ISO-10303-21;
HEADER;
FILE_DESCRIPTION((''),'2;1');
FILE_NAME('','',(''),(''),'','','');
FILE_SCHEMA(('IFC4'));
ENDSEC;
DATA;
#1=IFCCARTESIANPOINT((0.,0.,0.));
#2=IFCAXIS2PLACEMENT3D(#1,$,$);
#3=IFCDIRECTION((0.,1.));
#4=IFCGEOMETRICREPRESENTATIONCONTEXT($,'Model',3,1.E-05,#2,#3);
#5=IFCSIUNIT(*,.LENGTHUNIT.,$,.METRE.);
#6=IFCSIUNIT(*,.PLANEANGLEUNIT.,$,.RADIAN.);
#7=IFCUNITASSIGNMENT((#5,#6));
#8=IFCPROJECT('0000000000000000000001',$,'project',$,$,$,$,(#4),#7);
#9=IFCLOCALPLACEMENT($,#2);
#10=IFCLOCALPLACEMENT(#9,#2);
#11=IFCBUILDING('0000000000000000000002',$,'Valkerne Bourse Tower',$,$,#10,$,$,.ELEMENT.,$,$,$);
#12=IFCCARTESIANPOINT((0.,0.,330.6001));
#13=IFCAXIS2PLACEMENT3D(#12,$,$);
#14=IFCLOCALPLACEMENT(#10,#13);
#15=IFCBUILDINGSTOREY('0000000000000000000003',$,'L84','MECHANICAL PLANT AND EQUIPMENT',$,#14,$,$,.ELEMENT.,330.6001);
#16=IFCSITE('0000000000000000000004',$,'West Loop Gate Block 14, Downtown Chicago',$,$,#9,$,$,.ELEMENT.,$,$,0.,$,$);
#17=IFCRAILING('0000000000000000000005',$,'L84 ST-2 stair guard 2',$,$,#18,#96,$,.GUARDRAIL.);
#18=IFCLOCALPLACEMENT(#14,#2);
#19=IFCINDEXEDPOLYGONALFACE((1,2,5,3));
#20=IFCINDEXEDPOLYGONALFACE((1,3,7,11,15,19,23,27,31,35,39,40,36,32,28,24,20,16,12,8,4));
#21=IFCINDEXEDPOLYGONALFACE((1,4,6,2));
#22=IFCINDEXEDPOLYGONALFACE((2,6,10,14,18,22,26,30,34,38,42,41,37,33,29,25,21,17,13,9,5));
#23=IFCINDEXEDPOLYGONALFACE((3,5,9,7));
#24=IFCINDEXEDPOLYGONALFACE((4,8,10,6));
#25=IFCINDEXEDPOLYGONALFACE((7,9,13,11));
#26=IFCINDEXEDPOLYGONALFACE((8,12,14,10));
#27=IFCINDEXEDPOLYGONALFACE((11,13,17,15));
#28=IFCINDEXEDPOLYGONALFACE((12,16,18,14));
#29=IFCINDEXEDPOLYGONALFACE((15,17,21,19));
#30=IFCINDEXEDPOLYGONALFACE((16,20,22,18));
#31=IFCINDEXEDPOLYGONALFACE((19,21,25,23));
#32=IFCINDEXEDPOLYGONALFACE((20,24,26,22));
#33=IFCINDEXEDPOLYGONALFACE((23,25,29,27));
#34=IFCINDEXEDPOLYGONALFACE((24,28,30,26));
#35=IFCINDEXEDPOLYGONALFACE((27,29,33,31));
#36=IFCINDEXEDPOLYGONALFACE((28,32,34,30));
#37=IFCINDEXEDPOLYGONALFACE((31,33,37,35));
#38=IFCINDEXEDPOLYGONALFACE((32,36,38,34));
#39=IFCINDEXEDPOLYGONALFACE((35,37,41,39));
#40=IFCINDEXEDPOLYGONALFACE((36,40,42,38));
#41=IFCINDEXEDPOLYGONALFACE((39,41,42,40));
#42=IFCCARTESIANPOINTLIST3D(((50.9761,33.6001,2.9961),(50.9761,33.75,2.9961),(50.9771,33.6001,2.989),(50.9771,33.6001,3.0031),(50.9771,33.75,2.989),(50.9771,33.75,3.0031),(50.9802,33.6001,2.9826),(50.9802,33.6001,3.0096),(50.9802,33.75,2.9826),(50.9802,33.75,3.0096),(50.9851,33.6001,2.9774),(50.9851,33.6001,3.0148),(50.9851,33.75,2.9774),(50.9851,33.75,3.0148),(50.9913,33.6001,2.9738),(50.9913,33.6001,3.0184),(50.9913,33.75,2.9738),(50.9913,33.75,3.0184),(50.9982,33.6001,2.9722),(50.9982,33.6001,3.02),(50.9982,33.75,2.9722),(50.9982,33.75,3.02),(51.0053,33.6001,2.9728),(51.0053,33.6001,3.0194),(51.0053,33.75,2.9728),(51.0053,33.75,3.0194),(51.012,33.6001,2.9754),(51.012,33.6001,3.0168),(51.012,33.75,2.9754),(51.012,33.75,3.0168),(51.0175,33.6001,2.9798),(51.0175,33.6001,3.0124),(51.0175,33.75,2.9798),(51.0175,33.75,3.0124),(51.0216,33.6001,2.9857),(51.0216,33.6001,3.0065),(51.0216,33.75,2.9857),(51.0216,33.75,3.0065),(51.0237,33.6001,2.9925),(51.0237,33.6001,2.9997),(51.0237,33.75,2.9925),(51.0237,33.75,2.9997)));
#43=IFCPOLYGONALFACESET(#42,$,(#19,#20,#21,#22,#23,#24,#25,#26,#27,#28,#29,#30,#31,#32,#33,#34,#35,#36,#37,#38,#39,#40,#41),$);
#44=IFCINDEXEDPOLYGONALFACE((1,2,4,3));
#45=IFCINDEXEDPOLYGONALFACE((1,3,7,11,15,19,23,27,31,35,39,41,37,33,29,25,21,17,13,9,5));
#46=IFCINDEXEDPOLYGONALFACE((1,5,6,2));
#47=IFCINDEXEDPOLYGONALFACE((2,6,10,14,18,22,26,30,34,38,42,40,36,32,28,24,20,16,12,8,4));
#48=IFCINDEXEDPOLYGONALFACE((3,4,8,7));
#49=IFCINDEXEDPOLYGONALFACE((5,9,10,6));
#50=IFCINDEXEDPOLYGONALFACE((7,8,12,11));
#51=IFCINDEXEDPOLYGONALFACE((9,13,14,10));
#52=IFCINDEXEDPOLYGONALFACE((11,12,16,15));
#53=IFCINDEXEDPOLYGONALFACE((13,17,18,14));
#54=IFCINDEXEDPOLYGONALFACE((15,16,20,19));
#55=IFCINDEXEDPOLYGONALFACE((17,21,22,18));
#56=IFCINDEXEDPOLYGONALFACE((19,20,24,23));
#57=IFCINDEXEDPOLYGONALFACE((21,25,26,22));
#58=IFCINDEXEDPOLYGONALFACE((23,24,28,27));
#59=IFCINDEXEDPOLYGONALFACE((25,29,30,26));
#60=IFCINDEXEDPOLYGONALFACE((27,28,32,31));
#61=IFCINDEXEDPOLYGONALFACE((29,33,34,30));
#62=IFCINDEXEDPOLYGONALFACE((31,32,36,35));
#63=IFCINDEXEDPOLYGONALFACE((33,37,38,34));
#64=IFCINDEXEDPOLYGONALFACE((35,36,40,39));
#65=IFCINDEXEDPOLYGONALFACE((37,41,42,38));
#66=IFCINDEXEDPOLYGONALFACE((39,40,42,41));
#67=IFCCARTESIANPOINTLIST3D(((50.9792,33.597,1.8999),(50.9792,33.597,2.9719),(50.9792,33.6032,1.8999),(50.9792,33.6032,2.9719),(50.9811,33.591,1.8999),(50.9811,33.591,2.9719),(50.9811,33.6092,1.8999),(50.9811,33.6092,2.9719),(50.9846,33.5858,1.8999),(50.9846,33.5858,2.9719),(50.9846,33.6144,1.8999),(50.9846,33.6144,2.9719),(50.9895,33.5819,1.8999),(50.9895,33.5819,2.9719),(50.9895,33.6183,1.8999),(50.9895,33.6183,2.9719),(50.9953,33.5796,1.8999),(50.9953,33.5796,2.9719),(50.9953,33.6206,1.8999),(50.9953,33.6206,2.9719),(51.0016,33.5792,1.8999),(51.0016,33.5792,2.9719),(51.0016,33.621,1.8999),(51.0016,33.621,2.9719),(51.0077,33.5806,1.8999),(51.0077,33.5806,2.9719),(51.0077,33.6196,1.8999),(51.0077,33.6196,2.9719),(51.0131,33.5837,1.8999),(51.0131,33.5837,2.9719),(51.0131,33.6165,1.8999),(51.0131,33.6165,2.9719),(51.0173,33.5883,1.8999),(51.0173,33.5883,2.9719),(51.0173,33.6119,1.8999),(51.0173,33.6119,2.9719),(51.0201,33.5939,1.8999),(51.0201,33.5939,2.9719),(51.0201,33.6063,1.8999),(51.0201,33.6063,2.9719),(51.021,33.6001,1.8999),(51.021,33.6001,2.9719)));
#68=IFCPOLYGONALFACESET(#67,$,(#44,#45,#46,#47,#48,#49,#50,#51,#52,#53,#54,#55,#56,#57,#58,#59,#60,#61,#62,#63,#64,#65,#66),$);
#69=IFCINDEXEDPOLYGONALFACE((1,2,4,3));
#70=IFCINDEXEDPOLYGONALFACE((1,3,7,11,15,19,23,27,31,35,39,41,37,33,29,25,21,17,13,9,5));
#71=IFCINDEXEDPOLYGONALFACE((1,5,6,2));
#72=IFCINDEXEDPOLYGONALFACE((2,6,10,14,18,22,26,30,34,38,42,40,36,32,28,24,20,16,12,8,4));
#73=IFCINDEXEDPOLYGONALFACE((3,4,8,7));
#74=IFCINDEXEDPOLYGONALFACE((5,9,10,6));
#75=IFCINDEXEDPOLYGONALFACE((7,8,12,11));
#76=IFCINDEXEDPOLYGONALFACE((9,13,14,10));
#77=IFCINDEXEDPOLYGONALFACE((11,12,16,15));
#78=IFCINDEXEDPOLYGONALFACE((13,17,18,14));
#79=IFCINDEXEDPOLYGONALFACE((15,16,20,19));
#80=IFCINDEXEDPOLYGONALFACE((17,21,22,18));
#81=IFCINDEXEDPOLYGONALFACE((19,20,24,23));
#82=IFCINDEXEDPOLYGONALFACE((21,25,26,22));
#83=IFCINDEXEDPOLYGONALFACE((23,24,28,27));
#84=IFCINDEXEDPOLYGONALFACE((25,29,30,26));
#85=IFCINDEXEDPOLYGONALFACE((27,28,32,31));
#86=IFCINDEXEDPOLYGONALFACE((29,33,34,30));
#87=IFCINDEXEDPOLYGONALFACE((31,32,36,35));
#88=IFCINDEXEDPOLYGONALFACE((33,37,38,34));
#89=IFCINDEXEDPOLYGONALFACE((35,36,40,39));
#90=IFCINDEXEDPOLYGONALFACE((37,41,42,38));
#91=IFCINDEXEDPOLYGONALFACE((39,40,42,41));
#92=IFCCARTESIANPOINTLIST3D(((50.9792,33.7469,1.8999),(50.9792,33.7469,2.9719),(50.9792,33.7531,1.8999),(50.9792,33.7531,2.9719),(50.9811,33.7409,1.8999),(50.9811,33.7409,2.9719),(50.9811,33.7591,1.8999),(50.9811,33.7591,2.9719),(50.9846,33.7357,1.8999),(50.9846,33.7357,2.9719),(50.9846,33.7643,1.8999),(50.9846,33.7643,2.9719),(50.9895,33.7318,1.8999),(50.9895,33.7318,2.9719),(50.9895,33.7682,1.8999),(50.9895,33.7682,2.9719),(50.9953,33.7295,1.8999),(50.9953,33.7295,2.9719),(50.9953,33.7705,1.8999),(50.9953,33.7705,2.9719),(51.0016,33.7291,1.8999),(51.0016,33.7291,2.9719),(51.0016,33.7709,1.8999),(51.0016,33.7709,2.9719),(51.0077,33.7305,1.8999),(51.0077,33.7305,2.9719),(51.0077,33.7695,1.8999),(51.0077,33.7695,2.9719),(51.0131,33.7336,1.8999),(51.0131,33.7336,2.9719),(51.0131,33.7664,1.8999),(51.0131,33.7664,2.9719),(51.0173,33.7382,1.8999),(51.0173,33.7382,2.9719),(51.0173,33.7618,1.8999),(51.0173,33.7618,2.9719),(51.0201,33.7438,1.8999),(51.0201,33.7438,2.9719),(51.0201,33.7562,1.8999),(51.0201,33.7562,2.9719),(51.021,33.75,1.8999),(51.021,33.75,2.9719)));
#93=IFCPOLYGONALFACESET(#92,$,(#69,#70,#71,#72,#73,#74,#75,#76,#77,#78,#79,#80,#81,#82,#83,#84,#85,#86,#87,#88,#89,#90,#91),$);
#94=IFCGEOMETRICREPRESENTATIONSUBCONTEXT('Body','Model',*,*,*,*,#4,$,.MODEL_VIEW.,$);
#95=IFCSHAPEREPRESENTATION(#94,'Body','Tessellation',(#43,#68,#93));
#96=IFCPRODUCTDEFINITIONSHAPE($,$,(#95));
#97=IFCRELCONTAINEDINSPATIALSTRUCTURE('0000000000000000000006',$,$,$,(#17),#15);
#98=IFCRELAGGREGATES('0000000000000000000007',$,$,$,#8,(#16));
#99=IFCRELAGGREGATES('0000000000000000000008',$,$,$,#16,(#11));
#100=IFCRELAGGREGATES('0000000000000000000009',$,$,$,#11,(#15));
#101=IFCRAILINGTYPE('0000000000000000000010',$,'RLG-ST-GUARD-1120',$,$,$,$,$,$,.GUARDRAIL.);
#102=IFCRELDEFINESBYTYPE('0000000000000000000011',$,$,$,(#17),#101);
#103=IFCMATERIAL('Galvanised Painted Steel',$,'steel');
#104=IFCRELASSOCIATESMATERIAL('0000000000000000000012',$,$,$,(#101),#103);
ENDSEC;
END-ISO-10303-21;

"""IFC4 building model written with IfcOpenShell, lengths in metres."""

from ifc_helpers import new_model, si_unit, direction, frame, origin, origin_2d, place, context, subcontext, project, spatial, circle, extrude, material, type_object, element, save


model = new_model("IFC4")

# Units and contexts
model_context = context("Model", 3, precision=1e-05, world=origin(), true_north=direction((0.0, 1.0)))
body_context = subcontext(model_context, "Body", "Model", "MODEL_VIEW")
ifc_project = project(units=[si_unit("LENGTHUNIT", "METRE"), si_unit("PLANEANGLEUNIT", "RADIAN")], contexts=[model_context])

# Site, building, storey
site_placement = place(None, origin())
site = spatial("IfcSite", under=ifc_project, at=site_placement, Name="West Loop Gate Block 14, Downtown Chicago", CompositionType="ELEMENT", RefElevation=0.0)
building_placement = place(site_placement, origin())
building = spatial("IfcBuilding", under=site, at=building_placement, Name="Valkerne Bourse Tower", CompositionType="ELEMENT")
storey_placement = place(building_placement, frame((0.0, 0.0, 330.6001)))
storey = spatial("IfcBuildingStorey", under=building, at=storey_placement, Name="L84", Description="MECHANICAL PLANT AND EQUIPMENT", CompositionType="ELEMENT", Elevation=330.6001)

# Railing
ifc_material_1 = material(Name="Galvanised Painted Steel", Category="steel")
railing_type = type_object("IfcRailingType", Name="RLG-ST-GUARD-1120", PredefinedType="GUARDRAIL", material=ifc_material_1)
railing_1_placement = place(storey_placement, frame((51.0, 33.6001, 1.8999)))
element("IfcRailing", 1, at=railing_1_placement, inside=storey, type_object=railing_type, Name="L84 ST-2 stair guard 2", PredefinedType="GUARDRAIL", context=body_context, shape_type="SweptSolid", body=[
    extrude(circle(Radius=0.0239, at=origin_2d()), frame((0.0, 0.0, 1.0962), z_axis=(0.0, 1.0, 0.0), x_axis=(-1.0, 0.0, 0.0)), (0.0, 0.0, 1.0), 0.1499),
    extrude(circle(Radius=0.021, at=origin_2d()), origin(), (0.0, 0.0, 1.0), 1.072),
    extrude(circle(Radius=0.021, at=origin_2d()), frame((0.0, 0.1499, 0.0)), (0.0, 0.0, 1.0), 1.072),
])

save(model, "model.ifc")
